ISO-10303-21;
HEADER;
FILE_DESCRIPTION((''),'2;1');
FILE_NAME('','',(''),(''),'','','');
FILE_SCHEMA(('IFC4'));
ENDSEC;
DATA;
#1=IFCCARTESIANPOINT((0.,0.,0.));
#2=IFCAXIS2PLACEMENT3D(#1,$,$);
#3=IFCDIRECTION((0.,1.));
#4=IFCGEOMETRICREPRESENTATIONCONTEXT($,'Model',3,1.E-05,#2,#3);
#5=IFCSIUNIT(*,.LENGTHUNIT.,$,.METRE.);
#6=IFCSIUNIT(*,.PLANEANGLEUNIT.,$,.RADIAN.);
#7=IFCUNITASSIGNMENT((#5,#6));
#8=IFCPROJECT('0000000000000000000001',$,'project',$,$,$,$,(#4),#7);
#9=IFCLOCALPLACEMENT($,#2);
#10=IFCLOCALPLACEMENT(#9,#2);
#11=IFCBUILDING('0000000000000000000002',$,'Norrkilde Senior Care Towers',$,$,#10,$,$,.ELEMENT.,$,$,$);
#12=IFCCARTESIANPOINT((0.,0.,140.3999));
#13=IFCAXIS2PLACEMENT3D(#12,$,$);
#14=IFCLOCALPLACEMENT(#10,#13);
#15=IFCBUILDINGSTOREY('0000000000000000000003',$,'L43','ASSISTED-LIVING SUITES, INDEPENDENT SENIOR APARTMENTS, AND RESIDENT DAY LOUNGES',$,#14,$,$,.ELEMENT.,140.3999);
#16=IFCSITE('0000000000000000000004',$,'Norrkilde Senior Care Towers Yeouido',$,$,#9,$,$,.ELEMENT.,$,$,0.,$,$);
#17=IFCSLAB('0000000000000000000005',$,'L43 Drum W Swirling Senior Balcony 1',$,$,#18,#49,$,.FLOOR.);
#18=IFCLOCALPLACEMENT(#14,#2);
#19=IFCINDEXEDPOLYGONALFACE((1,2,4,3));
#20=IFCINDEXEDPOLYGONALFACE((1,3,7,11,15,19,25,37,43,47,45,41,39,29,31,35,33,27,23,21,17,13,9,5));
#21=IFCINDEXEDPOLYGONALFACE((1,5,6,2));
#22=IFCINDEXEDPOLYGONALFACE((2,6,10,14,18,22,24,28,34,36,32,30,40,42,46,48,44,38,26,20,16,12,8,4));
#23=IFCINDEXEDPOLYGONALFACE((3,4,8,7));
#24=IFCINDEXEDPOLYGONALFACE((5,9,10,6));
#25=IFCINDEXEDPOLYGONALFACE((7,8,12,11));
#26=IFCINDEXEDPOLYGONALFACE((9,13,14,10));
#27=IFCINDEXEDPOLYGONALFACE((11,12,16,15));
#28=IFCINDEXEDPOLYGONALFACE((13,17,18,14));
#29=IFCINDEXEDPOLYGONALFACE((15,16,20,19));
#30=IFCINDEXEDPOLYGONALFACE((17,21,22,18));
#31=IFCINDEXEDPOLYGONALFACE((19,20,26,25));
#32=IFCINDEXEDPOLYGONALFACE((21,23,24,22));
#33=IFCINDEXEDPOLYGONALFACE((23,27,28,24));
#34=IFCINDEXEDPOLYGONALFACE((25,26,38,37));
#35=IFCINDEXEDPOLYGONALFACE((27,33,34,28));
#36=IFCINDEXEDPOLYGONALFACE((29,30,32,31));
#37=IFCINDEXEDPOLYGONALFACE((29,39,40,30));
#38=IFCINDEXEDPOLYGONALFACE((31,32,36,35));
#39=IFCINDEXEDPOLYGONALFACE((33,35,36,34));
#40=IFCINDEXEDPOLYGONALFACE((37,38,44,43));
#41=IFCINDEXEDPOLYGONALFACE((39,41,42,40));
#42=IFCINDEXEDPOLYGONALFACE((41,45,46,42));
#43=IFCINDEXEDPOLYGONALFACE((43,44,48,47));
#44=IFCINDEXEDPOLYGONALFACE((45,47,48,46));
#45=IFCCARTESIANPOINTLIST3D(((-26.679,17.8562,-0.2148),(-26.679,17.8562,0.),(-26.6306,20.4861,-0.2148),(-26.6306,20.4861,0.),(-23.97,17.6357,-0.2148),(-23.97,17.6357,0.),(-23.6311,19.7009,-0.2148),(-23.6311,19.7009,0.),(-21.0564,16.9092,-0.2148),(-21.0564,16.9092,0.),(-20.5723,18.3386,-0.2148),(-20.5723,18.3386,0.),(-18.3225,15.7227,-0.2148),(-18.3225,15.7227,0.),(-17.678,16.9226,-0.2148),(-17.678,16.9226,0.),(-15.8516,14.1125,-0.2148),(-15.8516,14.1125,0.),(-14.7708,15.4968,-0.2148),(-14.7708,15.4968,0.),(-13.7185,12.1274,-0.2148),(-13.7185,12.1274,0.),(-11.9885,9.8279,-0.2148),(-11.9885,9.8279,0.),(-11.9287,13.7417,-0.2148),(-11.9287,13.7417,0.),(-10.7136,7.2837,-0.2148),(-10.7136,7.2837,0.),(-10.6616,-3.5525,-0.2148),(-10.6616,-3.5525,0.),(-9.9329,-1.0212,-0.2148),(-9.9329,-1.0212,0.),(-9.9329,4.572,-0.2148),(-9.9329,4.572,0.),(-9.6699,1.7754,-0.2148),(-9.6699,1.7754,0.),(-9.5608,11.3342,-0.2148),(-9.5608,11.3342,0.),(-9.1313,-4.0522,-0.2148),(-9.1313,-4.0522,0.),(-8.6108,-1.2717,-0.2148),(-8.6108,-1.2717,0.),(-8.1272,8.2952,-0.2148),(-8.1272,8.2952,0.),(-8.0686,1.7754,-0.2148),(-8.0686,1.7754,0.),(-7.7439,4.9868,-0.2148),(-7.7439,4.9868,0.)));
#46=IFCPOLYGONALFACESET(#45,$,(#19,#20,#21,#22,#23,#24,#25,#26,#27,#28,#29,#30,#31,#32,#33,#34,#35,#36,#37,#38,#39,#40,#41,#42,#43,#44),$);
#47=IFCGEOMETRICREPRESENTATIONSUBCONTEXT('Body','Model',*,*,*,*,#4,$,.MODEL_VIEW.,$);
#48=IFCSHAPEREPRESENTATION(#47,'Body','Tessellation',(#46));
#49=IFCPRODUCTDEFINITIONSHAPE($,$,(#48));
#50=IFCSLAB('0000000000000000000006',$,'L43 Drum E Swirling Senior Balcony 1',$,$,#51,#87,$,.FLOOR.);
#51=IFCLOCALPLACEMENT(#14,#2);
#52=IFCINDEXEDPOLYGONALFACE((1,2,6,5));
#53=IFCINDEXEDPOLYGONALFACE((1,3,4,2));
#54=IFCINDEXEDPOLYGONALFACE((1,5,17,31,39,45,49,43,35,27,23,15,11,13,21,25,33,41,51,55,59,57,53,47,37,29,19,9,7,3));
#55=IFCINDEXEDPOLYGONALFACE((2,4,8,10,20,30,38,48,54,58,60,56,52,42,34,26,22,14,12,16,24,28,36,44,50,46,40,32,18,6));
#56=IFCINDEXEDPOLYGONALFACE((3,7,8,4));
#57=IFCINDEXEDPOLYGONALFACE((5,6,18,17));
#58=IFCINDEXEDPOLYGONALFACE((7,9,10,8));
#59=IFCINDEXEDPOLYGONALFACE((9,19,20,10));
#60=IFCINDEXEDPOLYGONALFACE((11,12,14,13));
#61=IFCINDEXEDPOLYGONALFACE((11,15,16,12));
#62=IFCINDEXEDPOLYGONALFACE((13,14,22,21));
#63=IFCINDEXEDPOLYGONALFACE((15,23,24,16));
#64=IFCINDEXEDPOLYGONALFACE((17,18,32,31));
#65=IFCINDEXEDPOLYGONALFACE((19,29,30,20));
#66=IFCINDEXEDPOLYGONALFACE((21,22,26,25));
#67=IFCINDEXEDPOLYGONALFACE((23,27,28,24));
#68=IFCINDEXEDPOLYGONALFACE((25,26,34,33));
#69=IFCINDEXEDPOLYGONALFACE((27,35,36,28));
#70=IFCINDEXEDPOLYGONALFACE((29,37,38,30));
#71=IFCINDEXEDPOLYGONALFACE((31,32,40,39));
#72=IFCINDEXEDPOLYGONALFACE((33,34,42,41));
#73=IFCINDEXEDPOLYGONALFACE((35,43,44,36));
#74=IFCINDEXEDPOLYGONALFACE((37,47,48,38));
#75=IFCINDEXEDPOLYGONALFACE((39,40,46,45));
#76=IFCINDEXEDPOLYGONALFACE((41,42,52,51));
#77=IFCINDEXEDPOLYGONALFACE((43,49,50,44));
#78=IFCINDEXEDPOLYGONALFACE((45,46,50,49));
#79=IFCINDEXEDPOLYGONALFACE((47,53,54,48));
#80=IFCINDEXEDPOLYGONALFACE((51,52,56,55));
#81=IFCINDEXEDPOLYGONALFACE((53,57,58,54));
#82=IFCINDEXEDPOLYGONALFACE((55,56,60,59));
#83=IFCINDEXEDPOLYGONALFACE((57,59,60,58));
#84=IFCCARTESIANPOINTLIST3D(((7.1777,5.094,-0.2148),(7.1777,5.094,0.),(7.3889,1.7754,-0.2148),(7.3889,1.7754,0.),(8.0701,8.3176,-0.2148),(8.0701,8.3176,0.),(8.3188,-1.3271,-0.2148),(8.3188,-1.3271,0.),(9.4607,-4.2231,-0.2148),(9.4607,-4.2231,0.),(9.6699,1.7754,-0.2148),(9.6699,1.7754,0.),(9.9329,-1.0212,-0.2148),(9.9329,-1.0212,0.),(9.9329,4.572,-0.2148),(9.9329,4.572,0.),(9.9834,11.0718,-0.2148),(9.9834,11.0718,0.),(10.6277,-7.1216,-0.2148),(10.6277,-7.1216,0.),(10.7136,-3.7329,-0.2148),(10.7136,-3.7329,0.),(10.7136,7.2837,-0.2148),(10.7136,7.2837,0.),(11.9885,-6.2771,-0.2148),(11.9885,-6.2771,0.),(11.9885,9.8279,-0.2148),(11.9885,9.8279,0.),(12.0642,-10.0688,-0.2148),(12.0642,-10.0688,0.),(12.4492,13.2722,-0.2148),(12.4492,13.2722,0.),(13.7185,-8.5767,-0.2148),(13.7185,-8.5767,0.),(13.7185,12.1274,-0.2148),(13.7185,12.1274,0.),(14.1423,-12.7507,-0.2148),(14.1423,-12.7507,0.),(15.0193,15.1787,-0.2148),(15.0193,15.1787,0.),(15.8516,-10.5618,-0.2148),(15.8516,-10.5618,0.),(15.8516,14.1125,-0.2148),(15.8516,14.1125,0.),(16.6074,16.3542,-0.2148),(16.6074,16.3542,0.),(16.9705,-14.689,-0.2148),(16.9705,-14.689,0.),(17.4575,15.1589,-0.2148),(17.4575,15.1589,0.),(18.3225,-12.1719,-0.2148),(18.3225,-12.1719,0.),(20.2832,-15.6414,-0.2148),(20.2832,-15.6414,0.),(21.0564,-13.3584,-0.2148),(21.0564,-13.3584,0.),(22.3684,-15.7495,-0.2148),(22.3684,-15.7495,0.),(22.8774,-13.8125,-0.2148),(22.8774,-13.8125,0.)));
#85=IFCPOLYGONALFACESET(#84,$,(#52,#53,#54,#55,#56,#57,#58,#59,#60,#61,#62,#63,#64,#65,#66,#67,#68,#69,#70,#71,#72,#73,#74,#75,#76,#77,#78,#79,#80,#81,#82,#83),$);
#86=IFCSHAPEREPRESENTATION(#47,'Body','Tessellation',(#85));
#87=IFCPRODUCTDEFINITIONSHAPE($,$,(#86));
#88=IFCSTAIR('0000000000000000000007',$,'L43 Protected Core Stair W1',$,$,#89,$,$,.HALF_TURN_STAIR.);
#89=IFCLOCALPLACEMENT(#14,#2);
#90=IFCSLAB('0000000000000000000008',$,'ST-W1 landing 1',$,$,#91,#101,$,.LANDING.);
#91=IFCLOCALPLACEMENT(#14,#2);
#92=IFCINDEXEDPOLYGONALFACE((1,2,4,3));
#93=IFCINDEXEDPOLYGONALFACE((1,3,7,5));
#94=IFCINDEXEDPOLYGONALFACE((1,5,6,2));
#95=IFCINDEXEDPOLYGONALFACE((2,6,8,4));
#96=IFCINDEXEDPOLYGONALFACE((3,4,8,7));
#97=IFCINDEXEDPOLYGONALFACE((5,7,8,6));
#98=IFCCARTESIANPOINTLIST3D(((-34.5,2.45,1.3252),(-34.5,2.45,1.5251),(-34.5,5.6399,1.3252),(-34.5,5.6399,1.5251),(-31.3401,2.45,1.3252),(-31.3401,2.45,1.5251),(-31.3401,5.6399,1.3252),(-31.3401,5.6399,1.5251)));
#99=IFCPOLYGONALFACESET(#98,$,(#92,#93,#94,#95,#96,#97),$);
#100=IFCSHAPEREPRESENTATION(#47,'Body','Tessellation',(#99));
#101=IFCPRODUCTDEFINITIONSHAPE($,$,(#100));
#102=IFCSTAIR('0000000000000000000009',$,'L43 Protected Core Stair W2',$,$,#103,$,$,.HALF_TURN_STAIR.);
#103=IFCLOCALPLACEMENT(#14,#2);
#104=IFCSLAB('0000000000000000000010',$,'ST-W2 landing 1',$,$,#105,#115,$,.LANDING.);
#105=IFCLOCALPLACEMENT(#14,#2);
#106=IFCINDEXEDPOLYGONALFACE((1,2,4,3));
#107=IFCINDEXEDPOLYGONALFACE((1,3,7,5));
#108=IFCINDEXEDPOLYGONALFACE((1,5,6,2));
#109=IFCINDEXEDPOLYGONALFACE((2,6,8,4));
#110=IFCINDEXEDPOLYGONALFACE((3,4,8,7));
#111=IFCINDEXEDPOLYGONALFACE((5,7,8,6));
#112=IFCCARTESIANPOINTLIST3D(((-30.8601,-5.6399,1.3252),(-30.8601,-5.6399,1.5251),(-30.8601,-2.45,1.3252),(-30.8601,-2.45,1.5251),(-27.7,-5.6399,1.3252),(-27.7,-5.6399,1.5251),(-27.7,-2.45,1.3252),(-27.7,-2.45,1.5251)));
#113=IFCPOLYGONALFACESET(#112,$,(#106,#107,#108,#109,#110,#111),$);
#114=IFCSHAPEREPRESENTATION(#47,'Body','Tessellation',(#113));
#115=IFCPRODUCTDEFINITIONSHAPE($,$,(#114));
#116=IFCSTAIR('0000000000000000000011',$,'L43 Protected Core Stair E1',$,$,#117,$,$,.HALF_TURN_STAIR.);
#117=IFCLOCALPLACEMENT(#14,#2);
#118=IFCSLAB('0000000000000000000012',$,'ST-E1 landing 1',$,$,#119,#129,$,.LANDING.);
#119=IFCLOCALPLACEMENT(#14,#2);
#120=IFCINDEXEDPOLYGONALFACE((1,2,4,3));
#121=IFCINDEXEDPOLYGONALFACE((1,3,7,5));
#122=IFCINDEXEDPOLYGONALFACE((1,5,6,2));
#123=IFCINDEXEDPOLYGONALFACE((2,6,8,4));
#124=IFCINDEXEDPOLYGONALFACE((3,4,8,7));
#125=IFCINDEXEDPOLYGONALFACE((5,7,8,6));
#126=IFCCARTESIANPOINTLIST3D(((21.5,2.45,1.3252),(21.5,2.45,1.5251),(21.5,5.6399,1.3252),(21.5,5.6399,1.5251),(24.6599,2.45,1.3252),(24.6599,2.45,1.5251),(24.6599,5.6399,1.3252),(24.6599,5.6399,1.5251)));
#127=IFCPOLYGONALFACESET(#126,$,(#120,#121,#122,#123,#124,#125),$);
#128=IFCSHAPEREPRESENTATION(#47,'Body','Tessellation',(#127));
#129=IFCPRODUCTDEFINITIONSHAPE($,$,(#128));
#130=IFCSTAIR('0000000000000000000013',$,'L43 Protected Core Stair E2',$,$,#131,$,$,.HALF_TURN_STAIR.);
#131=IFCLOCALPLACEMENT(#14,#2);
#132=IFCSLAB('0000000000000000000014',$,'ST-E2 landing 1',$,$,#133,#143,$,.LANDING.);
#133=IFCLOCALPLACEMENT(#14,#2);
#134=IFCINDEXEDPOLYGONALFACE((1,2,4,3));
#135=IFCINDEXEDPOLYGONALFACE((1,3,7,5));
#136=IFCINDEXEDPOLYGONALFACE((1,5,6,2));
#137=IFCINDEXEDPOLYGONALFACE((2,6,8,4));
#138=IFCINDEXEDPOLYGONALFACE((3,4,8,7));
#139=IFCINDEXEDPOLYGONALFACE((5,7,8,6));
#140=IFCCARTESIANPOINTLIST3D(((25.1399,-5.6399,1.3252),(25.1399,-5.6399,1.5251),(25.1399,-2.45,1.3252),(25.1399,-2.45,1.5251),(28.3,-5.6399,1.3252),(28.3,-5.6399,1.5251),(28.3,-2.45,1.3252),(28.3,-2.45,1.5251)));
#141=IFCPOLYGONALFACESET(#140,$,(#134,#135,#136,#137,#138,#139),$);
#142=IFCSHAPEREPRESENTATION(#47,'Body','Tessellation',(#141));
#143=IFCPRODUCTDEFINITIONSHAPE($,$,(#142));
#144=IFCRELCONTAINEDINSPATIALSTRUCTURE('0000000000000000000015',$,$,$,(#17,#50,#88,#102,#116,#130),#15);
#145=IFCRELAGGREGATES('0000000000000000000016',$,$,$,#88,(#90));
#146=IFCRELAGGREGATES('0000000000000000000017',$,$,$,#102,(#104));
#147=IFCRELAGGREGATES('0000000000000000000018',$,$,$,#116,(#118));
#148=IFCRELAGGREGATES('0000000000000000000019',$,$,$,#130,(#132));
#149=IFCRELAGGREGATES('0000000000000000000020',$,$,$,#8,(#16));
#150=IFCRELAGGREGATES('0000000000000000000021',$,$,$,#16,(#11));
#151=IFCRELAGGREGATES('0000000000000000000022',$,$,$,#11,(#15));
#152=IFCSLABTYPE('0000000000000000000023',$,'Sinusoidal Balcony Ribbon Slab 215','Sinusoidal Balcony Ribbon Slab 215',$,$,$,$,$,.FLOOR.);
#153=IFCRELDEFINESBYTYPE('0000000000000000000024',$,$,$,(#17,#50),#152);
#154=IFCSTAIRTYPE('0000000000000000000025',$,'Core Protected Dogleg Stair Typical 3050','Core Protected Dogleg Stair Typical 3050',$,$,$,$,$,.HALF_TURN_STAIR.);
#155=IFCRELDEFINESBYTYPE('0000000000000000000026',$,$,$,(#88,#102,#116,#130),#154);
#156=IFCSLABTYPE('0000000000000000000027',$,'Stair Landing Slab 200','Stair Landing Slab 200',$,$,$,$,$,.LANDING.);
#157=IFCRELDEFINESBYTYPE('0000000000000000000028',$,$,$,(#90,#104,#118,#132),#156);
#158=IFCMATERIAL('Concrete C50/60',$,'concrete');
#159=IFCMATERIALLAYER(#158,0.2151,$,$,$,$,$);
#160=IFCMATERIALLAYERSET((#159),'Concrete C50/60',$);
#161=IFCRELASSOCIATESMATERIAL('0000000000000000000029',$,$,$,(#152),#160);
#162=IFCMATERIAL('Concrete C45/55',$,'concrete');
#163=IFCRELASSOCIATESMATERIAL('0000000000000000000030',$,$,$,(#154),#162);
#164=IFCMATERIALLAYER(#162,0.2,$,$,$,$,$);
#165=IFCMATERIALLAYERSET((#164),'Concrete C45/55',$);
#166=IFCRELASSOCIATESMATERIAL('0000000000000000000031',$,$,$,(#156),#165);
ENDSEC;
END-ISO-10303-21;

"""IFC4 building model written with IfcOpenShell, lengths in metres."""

from ifc_helpers import new_model, si_unit, direction, frame, origin, place, context, subcontext, project, spatial, polyline, outline, extrude, material, layer, layer_set, type_object, element, aggregate, save


model = new_model("IFC4")

# Units and contexts
model_context = context("Model", 3, precision=1e-05, world=origin(), true_north=direction((0.0, 1.0)))
body_context = subcontext(model_context, "Body", "Model", "MODEL_VIEW")
ifc_project = project(units=[si_unit("LENGTHUNIT", "METRE"), si_unit("PLANEANGLEUNIT", "RADIAN")], contexts=[model_context])

# Site, building, storey
site_placement = place(None, origin())
site = spatial("IfcSite", under=ifc_project, at=site_placement, Name="Norrkilde Senior Care Towers Yeouido", CompositionType="ELEMENT", RefElevation=0.0)
building_placement = place(site_placement, origin())
building = spatial("IfcBuilding", under=site, at=building_placement, Name="Norrkilde Senior Care Towers", CompositionType="ELEMENT")
storey_placement = place(building_placement, frame((0.0, 0.0, 140.3999)))
storey = spatial("IfcBuildingStorey", under=building, at=storey_placement, Name="L43", Description="ASSISTED-LIVING SUITES, INDEPENDENT SENIOR APARTMENTS, AND RESIDENT DAY LOUNGES", CompositionType="ELEMENT", Elevation=140.3999)

# Shared definitions
ifc_material_1 = material(Name="Concrete C50/60", Category="concrete")

# Slabs
ifc_layer_1 = layer(ifc_material_1, 0.2151)
ifc_layer_set_1 = layer_set([ifc_layer_1], Name="Concrete C50/60")
slab_type_1 = type_object("IfcSlabType", Name="Sinusoidal Balcony Ribbon Slab 215", Description="Sinusoidal Balcony Ribbon Slab 215", PredefinedType="FLOOR", material=ifc_layer_set_1)
slab_1_placement = place(storey_placement, frame((0.0, 0.0, -0.2148)))
element("IfcSlab", 1, at=slab_1_placement, inside=storey, type_object=slab_type_1, Name="L43 Drum W Swirling Senior Balcony 1", PredefinedType="FLOOR", context=body_context, shape_type="SweptSolid", body=[
    extrude(outline(polyline([(-10.6616, -3.5525), (-9.9329, -1.0212), (-9.6699, 1.7754), (-9.9329, 4.572), (-10.7136, 7.2837), (-11.9885, 9.8279), (-13.7185, 12.1274), (-15.8516, 14.1125), (-18.3225, 15.7227), (-21.0564, 16.9092), (-23.97, 17.6357), (-26.679, 17.8562), (-26.6306, 20.4861), (-23.6311, 19.7009), (-20.5723, 18.3386), (-17.678, 16.9226), (-14.7708, 15.4968), (-11.9287, 13.7417), (-9.5608, 11.3342), (-8.1272, 8.2952), (-7.7439, 4.9868), (-8.0686, 1.7754), (-8.6108, -1.2717), (-9.1313, -4.0522), (-10.6616, -3.5525)])), origin(), (0.0, 0.0, 1.0), 0.2148),
])
slab_2_placement = place(storey_placement, frame((0.0, 0.0, -0.2148)))
element("IfcSlab", 2, at=slab_2_placement, inside=storey, type_object=slab_type_1, Name="L43 Drum E Swirling Senior Balcony 1", PredefinedType="FLOOR", context=body_context, shape_type="SweptSolid", body=[
    extrude(outline(polyline([(16.9705, -14.689), (14.1423, -12.7507), (12.0642, -10.0688), (10.6277, -7.1216), (9.4607, -4.2231), (8.3188, -1.3271), (7.3889, 1.7754), (7.1777, 5.094), (8.0701, 8.3176), (9.9834, 11.0718), (12.4492, 13.2722), (15.0193, 15.1787), (16.6074, 16.3542), (17.4575, 15.1589), (15.8516, 14.1125), (13.7185, 12.1274), (11.9885, 9.8279), (10.7136, 7.2837), (9.9329, 4.572), (9.6699, 1.7754), (9.9329, -1.0212), (10.7136, -3.7329), (11.9885, -6.2771), (13.7185, -8.5767), (15.8516, -10.5618), (18.3225, -12.1719), (21.0564, -13.3584), (22.8774, -13.8125), (22.3684, -15.7495), (20.2832, -15.6414), (16.9705, -14.689)])), origin(), (0.0, 0.0, 1.0), 0.2148),
])

# Stairs, slabs
ifc_material_2 = material(Name="Concrete C45/55", Category="concrete")
stair_type = type_object("IfcStairType", Name="Core Protected Dogleg Stair Typical 3050", Description="Core Protected Dogleg Stair Typical 3050", PredefinedType="HALF_TURN_STAIR", material=ifc_material_2)
stair_1_placement = place(storey_placement, origin())
stair_1 = element("IfcStair", 3, at=stair_1_placement, inside=storey, type_object=stair_type, Name="L43 Protected Core Stair W1", PredefinedType="HALF_TURN_STAIR")
ifc_layer_2 = layer(ifc_material_2, 0.2)
ifc_layer_set_2 = layer_set([ifc_layer_2], Name="Concrete C45/55")
slab_type_2 = type_object("IfcSlabType", Name="Stair Landing Slab 200", Description="Stair Landing Slab 200", PredefinedType="LANDING", material=ifc_layer_set_2)
slab_3_placement = place(storey_placement, frame((0.0, 0.0, 1.3252)))
slab_3 = element("IfcSlab", 4, at=slab_3_placement, type_object=slab_type_2, Name="ST-W1 landing 1", PredefinedType="LANDING", context=body_context, shape_type="SweptSolid", body=[
    extrude(outline(polyline([(-31.3401, 5.6399), (-34.5, 5.6399), (-34.5, 2.45), (-31.3401, 2.45), (-31.3401, 5.6399)])), origin(), (0.0, 0.0, 1.0), 0.2),
])
aggregate(stair_1, [slab_3])
stair_2_placement = place(storey_placement, origin())
stair_2 = element("IfcStair", 5, at=stair_2_placement, inside=storey, type_object=stair_type, Name="L43 Protected Core Stair W2", PredefinedType="HALF_TURN_STAIR")
slab_4_placement = place(storey_placement, frame((0.0, 0.0, 1.3252)))
slab_4 = element("IfcSlab", 6, at=slab_4_placement, type_object=slab_type_2, Name="ST-W2 landing 1", PredefinedType="LANDING", context=body_context, shape_type="SweptSolid", body=[
    extrude(outline(polyline([(-30.8601, -5.6399), (-27.7, -5.6399), (-27.7, -2.45), (-30.8601, -2.45), (-30.8601, -5.6399)])), origin(), (0.0, 0.0, 1.0), 0.2),
])
aggregate(stair_2, [slab_4])
stair_3_placement = place(storey_placement, origin())
stair_3 = element("IfcStair", 7, at=stair_3_placement, inside=storey, type_object=stair_type, Name="L43 Protected Core Stair E1", PredefinedType="HALF_TURN_STAIR")
slab_5_placement = place(storey_placement, frame((0.0, 0.0, 1.3252)))
slab_5 = element("IfcSlab", 8, at=slab_5_placement, type_object=slab_type_2, Name="ST-E1 landing 1", PredefinedType="LANDING", context=body_context, shape_type="SweptSolid", body=[
    extrude(outline(polyline([(24.6599, 5.6399), (21.5, 5.6399), (21.5, 2.45), (24.6599, 2.45), (24.6599, 5.6399)])), origin(), (0.0, 0.0, 1.0), 0.2),
])
aggregate(stair_3, [slab_5])
stair_4_placement = place(storey_placement, origin())
stair_4 = element("IfcStair", 9, at=stair_4_placement, inside=storey, type_object=stair_type, Name="L43 Protected Core Stair E2", PredefinedType="HALF_TURN_STAIR")
slab_6_placement = place(storey_placement, frame((0.0, 0.0, 1.3252)))
slab_6 = element("IfcSlab", 10, at=slab_6_placement, type_object=slab_type_2, Name="ST-E2 landing 1", PredefinedType="LANDING", context=body_context, shape_type="SweptSolid", body=[
    extrude(outline(polyline([(25.1399, -5.6399), (28.3, -5.6399), (28.3, -2.45), (25.1399, -2.45), (25.1399, -5.6399)])), origin(), (0.0, 0.0, 1.0), 0.2),
])
aggregate(stair_4, [slab_6])

save(model, "model.ifc")
